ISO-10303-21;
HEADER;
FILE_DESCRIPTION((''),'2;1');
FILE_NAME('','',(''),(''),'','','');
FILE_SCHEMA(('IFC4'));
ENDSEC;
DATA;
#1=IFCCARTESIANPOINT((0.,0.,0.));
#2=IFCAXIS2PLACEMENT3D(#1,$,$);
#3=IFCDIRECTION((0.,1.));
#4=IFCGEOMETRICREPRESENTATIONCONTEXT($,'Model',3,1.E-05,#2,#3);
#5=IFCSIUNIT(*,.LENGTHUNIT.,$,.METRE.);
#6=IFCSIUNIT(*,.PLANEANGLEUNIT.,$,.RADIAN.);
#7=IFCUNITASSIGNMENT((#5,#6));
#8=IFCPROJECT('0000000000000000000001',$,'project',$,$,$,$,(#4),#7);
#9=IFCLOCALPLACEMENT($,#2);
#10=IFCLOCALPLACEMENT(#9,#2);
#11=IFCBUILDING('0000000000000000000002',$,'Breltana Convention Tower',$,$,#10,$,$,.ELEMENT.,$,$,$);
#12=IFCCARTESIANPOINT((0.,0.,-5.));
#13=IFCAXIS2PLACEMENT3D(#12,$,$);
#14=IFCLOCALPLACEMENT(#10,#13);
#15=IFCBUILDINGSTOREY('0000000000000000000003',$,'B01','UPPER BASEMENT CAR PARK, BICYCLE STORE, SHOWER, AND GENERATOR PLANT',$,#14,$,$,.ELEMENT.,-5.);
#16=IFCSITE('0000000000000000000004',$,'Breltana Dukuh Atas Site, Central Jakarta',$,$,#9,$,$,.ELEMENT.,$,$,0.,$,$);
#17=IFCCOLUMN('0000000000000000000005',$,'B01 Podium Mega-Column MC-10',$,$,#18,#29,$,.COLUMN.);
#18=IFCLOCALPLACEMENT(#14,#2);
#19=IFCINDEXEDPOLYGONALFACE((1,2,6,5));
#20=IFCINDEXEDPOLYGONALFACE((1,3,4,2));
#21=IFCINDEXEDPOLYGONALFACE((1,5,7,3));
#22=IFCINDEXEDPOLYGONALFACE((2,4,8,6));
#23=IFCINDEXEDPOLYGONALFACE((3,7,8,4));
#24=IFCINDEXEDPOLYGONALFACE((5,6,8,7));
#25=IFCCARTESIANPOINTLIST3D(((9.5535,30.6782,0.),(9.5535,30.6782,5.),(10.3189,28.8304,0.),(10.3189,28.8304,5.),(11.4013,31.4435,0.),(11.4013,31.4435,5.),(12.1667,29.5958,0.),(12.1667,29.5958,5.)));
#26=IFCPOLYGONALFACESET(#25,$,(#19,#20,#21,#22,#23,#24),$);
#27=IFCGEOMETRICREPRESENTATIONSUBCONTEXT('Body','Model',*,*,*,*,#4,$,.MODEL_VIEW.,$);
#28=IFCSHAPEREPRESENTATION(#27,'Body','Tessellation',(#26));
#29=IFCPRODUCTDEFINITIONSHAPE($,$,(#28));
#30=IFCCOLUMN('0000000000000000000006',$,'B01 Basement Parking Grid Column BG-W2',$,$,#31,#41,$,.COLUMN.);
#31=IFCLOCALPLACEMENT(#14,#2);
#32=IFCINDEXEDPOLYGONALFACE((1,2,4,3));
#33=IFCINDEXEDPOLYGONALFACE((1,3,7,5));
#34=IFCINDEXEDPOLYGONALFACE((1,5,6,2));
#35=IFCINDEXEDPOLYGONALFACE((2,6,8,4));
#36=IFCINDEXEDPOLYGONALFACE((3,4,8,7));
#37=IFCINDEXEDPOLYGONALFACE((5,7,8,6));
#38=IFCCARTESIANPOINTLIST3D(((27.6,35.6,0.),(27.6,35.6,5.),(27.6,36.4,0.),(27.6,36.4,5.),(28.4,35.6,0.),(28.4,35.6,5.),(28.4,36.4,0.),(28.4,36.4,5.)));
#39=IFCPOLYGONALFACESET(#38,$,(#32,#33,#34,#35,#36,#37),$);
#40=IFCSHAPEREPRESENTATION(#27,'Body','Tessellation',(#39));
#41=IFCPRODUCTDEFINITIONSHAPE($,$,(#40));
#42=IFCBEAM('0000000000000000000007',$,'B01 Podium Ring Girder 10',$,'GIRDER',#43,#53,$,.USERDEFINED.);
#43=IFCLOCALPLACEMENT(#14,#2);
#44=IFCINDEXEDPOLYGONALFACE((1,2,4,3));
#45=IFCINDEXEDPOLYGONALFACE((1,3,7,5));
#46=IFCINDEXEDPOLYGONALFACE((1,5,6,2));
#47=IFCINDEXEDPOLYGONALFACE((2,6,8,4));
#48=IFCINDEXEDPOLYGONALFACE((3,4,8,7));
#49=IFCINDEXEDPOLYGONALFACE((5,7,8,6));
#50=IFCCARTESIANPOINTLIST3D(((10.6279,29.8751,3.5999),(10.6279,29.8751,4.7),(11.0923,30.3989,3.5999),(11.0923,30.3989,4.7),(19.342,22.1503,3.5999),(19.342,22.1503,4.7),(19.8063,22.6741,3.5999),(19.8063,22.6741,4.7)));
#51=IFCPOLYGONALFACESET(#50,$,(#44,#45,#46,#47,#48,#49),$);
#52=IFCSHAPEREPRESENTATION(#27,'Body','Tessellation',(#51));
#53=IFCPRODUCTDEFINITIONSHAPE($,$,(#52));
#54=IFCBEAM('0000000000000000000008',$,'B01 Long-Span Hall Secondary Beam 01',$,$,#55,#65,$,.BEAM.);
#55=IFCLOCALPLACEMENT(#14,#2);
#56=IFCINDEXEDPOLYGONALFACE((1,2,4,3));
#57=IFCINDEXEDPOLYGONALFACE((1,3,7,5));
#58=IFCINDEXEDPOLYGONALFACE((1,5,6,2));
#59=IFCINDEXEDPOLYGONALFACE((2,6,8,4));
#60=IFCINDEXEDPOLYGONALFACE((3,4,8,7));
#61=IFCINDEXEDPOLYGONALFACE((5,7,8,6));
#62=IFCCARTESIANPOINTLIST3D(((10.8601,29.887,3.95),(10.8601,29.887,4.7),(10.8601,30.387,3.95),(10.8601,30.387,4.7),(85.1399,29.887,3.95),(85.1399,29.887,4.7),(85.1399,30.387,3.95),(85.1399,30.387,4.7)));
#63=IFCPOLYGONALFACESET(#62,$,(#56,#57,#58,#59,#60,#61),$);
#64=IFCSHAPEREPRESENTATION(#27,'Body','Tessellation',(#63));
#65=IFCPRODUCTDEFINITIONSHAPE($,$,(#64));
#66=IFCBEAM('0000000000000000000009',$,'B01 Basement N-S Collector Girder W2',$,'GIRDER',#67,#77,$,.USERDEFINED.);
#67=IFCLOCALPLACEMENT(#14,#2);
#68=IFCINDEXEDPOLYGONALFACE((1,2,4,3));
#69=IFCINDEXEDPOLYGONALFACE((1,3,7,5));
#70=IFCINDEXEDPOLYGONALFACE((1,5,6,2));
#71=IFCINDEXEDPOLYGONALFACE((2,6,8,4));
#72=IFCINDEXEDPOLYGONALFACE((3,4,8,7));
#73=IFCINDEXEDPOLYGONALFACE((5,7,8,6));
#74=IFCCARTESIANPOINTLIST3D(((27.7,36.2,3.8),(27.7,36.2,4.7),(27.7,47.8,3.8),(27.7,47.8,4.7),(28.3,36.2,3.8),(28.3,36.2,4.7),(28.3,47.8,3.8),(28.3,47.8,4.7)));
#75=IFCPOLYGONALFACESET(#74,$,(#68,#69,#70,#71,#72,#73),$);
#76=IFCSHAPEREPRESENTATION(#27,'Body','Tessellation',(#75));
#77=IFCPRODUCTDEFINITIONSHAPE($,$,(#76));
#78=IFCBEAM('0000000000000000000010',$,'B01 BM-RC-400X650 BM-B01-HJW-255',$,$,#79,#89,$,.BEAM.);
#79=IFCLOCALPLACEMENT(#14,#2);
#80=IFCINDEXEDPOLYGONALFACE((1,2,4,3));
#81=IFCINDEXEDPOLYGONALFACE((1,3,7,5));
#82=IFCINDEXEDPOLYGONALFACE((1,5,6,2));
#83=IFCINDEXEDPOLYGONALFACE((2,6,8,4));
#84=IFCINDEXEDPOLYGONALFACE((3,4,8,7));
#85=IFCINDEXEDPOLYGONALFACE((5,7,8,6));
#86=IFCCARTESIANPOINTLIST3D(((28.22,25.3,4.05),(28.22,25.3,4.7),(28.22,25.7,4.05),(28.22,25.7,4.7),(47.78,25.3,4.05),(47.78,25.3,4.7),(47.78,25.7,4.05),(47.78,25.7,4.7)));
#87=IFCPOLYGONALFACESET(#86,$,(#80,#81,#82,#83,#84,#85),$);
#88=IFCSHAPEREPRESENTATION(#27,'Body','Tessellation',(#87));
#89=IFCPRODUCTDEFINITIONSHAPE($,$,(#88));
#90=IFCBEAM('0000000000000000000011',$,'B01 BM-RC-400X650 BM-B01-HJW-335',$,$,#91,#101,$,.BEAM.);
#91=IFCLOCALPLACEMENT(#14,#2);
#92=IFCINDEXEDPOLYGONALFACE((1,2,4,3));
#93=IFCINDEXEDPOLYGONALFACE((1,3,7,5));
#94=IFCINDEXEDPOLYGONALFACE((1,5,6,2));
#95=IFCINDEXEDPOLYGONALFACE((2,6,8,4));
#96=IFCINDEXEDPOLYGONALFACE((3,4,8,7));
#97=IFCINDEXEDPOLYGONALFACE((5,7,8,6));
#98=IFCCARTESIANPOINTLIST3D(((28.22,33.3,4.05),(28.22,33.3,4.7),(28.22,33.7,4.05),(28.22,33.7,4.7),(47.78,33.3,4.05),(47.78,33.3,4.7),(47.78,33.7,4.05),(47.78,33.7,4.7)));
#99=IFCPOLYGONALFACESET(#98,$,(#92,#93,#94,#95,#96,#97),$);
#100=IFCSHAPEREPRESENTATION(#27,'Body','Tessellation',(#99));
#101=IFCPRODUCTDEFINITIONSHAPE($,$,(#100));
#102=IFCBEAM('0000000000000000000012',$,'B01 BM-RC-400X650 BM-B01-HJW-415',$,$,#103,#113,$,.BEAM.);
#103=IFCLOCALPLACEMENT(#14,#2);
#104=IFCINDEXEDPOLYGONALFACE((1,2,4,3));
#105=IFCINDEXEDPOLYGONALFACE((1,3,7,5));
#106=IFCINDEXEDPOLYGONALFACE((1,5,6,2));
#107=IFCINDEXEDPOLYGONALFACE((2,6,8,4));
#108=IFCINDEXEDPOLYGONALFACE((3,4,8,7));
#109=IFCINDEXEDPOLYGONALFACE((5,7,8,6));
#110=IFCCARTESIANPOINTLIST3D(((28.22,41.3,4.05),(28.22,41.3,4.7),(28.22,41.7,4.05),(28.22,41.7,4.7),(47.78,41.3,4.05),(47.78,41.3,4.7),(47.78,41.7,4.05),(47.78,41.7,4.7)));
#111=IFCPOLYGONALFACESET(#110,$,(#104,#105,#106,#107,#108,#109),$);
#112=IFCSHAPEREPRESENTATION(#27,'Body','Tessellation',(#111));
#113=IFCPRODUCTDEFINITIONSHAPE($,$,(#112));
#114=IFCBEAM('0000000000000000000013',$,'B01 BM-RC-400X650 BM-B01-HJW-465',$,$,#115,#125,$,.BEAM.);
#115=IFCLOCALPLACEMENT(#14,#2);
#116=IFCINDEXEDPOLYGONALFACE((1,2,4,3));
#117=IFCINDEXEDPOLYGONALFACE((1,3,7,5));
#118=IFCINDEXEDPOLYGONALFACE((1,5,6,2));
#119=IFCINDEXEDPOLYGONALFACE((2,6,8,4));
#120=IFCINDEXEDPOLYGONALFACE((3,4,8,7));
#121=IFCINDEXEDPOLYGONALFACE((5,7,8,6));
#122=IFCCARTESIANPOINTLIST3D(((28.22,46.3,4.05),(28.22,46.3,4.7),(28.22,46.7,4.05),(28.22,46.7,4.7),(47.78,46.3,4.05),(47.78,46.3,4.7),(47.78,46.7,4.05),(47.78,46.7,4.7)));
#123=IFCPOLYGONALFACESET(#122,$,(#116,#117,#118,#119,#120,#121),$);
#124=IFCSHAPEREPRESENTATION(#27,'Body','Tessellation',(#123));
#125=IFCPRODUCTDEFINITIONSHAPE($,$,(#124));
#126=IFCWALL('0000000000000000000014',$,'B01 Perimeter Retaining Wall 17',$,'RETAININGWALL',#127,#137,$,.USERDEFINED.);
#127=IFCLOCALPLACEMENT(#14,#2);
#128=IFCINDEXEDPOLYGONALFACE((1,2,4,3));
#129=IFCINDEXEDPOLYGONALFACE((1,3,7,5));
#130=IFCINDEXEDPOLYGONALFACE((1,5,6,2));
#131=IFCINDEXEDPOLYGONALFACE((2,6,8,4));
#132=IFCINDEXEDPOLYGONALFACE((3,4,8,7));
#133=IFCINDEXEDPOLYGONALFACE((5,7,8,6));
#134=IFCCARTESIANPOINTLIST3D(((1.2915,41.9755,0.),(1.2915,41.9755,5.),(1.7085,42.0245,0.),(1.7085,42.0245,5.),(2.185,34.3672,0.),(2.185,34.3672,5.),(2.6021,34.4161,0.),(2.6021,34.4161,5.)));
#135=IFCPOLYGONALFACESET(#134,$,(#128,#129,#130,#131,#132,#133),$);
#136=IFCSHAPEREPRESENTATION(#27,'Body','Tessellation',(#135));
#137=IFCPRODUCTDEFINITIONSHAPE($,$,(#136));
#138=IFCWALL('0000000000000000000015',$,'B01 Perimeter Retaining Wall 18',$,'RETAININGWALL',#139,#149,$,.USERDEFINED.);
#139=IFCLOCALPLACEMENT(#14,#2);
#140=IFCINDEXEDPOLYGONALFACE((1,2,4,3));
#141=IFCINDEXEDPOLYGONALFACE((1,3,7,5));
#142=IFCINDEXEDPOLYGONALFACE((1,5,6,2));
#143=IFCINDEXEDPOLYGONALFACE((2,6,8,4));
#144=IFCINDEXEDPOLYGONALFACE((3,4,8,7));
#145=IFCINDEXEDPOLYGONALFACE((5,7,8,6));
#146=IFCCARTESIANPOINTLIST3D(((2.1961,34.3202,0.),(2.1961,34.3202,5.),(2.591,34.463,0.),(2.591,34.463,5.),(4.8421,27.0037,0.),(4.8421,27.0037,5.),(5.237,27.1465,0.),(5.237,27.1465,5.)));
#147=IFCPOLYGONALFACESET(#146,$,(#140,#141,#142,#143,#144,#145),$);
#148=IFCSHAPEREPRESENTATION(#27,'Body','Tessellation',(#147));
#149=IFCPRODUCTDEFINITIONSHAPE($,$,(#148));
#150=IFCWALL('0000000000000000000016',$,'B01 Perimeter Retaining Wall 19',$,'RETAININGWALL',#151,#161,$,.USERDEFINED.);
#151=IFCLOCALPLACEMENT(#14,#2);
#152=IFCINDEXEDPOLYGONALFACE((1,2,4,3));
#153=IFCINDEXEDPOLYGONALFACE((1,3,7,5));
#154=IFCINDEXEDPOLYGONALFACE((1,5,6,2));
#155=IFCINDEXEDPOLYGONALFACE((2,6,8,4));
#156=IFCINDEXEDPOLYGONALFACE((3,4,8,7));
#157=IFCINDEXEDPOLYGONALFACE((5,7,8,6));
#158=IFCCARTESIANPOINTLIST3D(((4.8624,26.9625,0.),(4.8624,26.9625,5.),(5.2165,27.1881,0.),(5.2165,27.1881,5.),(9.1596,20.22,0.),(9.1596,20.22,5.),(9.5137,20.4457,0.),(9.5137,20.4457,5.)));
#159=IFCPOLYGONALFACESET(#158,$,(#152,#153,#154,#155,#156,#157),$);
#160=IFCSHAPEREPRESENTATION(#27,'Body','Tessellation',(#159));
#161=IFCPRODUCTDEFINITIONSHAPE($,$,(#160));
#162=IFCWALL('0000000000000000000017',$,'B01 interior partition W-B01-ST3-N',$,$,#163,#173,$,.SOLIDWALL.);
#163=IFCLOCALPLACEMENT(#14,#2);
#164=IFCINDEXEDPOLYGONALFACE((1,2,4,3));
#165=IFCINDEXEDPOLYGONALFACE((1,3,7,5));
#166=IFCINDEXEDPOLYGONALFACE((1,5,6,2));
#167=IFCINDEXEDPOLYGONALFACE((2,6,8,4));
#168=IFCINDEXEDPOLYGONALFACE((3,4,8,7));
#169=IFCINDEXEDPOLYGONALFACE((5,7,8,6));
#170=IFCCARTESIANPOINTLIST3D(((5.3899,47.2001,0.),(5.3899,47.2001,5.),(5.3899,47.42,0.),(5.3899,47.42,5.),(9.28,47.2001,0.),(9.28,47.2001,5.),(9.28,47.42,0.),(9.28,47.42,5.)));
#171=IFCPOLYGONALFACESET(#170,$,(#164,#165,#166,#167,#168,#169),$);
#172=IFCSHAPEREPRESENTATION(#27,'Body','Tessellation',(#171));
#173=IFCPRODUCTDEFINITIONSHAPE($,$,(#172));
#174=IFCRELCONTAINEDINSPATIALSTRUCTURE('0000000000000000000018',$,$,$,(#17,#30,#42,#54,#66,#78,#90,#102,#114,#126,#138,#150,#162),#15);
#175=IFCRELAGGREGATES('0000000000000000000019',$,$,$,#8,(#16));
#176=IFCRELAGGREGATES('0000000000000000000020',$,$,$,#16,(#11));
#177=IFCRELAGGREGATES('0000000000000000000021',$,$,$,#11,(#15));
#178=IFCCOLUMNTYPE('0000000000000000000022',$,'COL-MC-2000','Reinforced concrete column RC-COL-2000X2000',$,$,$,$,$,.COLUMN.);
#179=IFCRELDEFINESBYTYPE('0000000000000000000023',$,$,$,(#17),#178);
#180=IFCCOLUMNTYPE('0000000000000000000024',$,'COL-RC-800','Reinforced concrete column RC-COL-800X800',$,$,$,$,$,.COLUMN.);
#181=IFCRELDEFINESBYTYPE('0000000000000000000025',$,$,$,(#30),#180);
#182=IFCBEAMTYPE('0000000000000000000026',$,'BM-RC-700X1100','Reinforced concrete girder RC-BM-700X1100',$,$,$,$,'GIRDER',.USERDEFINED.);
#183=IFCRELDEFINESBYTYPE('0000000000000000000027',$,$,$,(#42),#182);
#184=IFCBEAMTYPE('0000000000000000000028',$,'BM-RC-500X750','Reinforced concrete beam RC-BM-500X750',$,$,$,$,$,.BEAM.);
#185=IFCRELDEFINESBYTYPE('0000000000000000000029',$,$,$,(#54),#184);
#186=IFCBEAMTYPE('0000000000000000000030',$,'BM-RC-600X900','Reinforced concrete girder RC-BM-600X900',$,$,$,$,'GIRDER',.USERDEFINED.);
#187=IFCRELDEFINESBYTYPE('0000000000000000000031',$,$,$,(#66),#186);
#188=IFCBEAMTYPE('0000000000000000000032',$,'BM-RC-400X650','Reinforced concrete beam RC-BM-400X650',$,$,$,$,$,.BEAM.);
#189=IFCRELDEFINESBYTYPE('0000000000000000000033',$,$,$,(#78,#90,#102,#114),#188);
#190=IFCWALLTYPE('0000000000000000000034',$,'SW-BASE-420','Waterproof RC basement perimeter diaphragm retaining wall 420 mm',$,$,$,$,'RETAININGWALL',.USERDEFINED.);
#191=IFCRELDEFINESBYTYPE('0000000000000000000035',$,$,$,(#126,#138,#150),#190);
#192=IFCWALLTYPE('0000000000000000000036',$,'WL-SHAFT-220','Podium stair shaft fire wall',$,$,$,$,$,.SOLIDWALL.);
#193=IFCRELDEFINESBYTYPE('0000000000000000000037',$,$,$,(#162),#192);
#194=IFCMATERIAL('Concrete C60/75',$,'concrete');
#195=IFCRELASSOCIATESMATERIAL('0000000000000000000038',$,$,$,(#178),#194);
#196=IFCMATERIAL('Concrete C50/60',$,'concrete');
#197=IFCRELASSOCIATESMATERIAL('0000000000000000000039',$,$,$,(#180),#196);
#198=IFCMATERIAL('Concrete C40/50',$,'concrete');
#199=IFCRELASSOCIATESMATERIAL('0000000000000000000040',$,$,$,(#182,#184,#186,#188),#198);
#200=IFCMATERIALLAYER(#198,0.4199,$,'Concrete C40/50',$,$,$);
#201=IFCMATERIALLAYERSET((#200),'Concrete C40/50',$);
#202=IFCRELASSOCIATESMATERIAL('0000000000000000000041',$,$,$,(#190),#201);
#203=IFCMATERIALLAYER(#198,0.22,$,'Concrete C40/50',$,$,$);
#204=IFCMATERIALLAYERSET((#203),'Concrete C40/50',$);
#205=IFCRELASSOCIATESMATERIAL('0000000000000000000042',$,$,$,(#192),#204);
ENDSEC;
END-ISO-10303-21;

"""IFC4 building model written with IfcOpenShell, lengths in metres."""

from ifc_helpers import new_model, si_unit, direction, frame, frame_2d, origin, origin_2d, place, context, subcontext, project, spatial, rectangle, extrude, source, transform, mapped, material, layer, layer_set, material_profile, profile_set, type_object, type_shapes, element, save


model = new_model("IFC4")

# Units and contexts
model_context = context("Model", 3, precision=1e-05, world=origin(), true_north=direction((0.0, 1.0)))
body_context = subcontext(model_context, "Body", "Model", "MODEL_VIEW")
ifc_project = project(units=[si_unit("LENGTHUNIT", "METRE"), si_unit("PLANEANGLEUNIT", "RADIAN")], contexts=[model_context])

# Site, building, storey
site_placement = place(None, origin())
site = spatial("IfcSite", under=ifc_project, at=site_placement, Name="Breltana Dukuh Atas Site, Central Jakarta", CompositionType="ELEMENT", RefElevation=0.0)
building_placement = place(site_placement, origin())
building = spatial("IfcBuilding", under=site, at=building_placement, Name="Breltana Convention Tower", CompositionType="ELEMENT")
storey_placement = place(building_placement, frame((0.0, 0.0, -5.0)))
storey = spatial("IfcBuildingStorey", under=building, at=storey_placement, Name="B01", Description="UPPER BASEMENT CAR PARK, BICYCLE STORE, SHOWER, AND GENERATOR PLANT", CompositionType="ELEMENT", Elevation=-5.0)

# Columns
ifc_material_1 = material(Name="Concrete C60/75", Category="concrete")
ifc_material_profile_1 = material_profile(ifc_material_1, rectangle(XDim=2.0, YDim=2.0, at=origin_2d()), Name="RC-COL-2000X2000")
ifc_profile_set_1 = profile_set([ifc_material_profile_1], Name="Concrete C60/75")
column_type_1 = type_object("IfcColumnType", Name="COL-MC-2000", Description="Reinforced concrete column RC-COL-2000X2000", PredefinedType="COLUMN", material=ifc_profile_set_1)
shared_shape_1 = source(origin(), body_context, "Body", "SweptSolid", [
    extrude(rectangle(XDim=2.0, YDim=2.0, at=origin_2d()), origin(), (0.0, 0.0, 1.0), 5.0),
])
type_shapes(column_type_1, [shared_shape_1])
column_1_placement = place(storey_placement, frame((10.8601, 30.137, 0.0), z_axis=(0.0, 0.0, 1.0), x_axis=(-0.92388, -0.382683, 0.0)))
element("IfcColumn", 1, at=column_1_placement, inside=storey, type_object=column_type_1, Name="B01 Podium Mega-Column MC-10", PredefinedType="COLUMN", context=body_context, shape_type="MappedRepresentation", body=[
    mapped(shared_shape_1, transform((0.0, 0.0, 0.0), scale=1.0)),
])
ifc_material_2 = material(Name="Concrete C50/60", Category="concrete")
ifc_material_profile_2 = material_profile(ifc_material_2, rectangle(XDim=0.8, YDim=0.8, at=origin_2d()), Name="RC-COL-800X800")
ifc_profile_set_2 = profile_set([ifc_material_profile_2], Name="Concrete C50/60")
column_type_2 = type_object("IfcColumnType", Name="COL-RC-800", Description="Reinforced concrete column RC-COL-800X800", PredefinedType="COLUMN", material=ifc_profile_set_2)
shared_shape_2 = source(origin(), body_context, "Body", "SweptSolid", [
    extrude(rectangle(XDim=0.8, YDim=0.8, at=origin_2d()), origin(), (0.0, 0.0, 1.0), 5.0),
])
type_shapes(column_type_2, [shared_shape_2])
column_2_placement = place(storey_placement, frame((28.0, 36.0, 0.0), z_axis=(0.0, 0.0, 1.0), x_axis=(1.0, 0.0, 0.0)))
element("IfcColumn", 2, at=column_2_placement, inside=storey, type_object=column_type_2, Name="B01 Basement Parking Grid Column BG-W2", PredefinedType="COLUMN", context=body_context, shape_type="MappedRepresentation", body=[
    mapped(shared_shape_2, transform((0.0, 0.0, 0.0), scale=1.0)),
])

# Beams
ifc_material_3 = material(Name="Concrete C40/50", Category="concrete")
ifc_material_profile_3 = material_profile(ifc_material_3, rectangle(XDim=0.7, YDim=1.1001, at=origin_2d()), Name="RC-BM-700X1100")
ifc_profile_set_3 = profile_set([ifc_material_profile_3], Name="Concrete C40/50")
beam_type_1 = type_object("IfcBeamType", Name="BM-RC-700X1100", Description="Reinforced concrete girder RC-BM-700X1100", ElementType="GIRDER", PredefinedType="USERDEFINED", material=ifc_profile_set_3)
shared_shape_3 = source(origin(), body_context, "Body", "SweptSolid", [
    extrude(rectangle(XDim=0.7, YDim=1.1001, at=origin_2d()), origin(), (0.0, 0.0, 1.0), 11.645),
])
beam_1_placement = place(storey_placement, frame((10.8601, 30.137, 4.1499), z_axis=(0.748305, -0.663355, 0.0), x_axis=(0.663355, 0.748305, 0.0)))
element("IfcBeam", 3, at=beam_1_placement, inside=storey, type_object=beam_type_1, Name="B01 Podium Ring Girder 10", ObjectType="GIRDER", PredefinedType="USERDEFINED", context=body_context, shape_type="MappedRepresentation", body=[
    mapped(shared_shape_3, transform((0.0, 0.0, 0.0), scale=1.0)),
])
ifc_material_profile_4 = material_profile(ifc_material_3, rectangle(XDim=0.5, YDim=0.75, at=origin_2d()), Name="RC-BM-500X750")
ifc_profile_set_4 = profile_set([ifc_material_profile_4], Name="Concrete C40/50")
beam_type_2 = type_object("IfcBeamType", Name="BM-RC-500X750", Description="Reinforced concrete beam RC-BM-500X750", PredefinedType="BEAM", material=ifc_profile_set_4)
shared_shape_4 = source(origin(), body_context, "Body", "SweptSolid", [
    extrude(rectangle(XDim=0.5, YDim=0.75, at=origin_2d()), origin(), (0.0, 0.0, 1.0), 74.2798),
])
type_shapes(beam_type_2, [shared_shape_4])
beam_2_placement = place(storey_placement, frame((10.8601, 30.137, 4.325), z_axis=(1.0, 0.0, 0.0), x_axis=(0.0, 1.0, 0.0)))
element("IfcBeam", 4, at=beam_2_placement, inside=storey, type_object=beam_type_2, Name="B01 Long-Span Hall Secondary Beam 01", PredefinedType="BEAM", context=body_context, shape_type="MappedRepresentation", body=[
    mapped(shared_shape_4, transform((0.0, 0.0, 0.0), scale=1.0)),
])
ifc_material_profile_5 = material_profile(ifc_material_3, rectangle(XDim=0.6001, YDim=0.8999, at=origin_2d()), Name="RC-BM-600X900")
ifc_profile_set_5 = profile_set([ifc_material_profile_5], Name="Concrete C40/50")
beam_type_3 = type_object("IfcBeamType", Name="BM-RC-600X900", Description="Reinforced concrete girder RC-BM-600X900", ElementType="GIRDER", PredefinedType="USERDEFINED", material=ifc_profile_set_5)
shared_shape_5 = source(origin(), body_context, "Body", "SweptSolid", [
    extrude(rectangle(XDim=0.6001, YDim=0.8999, at=origin_2d()), origin(), (0.0, 0.0, 1.0), 11.6001),
])
beam_3_placement = place(storey_placement, frame((28.0, 36.2, 4.25), z_axis=(0.0, 1.0, 0.0), x_axis=(-1.0, 0.0, 0.0)))
element("IfcBeam", 5, at=beam_3_placement, inside=storey, type_object=beam_type_3, Name="B01 Basement N-S Collector Girder W2", ObjectType="GIRDER", PredefinedType="USERDEFINED", context=body_context, shape_type="MappedRepresentation", body=[
    mapped(shared_shape_5, transform((0.0, 0.0, 0.0), scale=1.0)),
])
ifc_material_profile_6 = material_profile(ifc_material_3, rectangle(XDim=0.3999, YDim=0.6499, at=origin_2d()), Name="RC-BM-400X650")
ifc_profile_set_6 = profile_set([ifc_material_profile_6], Name="Concrete C40/50")
beam_type_4 = type_object("IfcBeamType", Name="BM-RC-400X650", Description="Reinforced concrete beam RC-BM-400X650", PredefinedType="BEAM", material=ifc_profile_set_6)
shared_shape_6 = source(origin(), body_context, "Body", "SweptSolid", [
    extrude(rectangle(XDim=0.3999, YDim=0.6499, at=origin_2d()), origin(), (0.0, 0.0, 1.0), 19.5601),
])
type_shapes(beam_type_4, [shared_shape_6])
for number, where, z_axis, x_axis, name in (
    (6, (28.22, 25.5, 4.375), (1.0, 0.0, 0.0), (0.0, 1.0, 0.0), "B01 BM-RC-400X650 BM-B01-HJW-255"),
    (7, (28.22, 33.5, 4.375), (1.0, 0.0, 0.0), (0.0, 1.0, 0.0), "B01 BM-RC-400X650 BM-B01-HJW-335"),
    (8, (28.22, 41.5, 4.375), (1.0, 0.0, 0.0), (0.0, 1.0, 0.0), "B01 BM-RC-400X650 BM-B01-HJW-415"),
    (9, (28.22, 46.5, 4.375), (1.0, 0.0, 0.0), (0.0, 1.0, 0.0), "B01 BM-RC-400X650 BM-B01-HJW-465"),
):
    element("IfcBeam", number, at=place(storey_placement, frame(where, z_axis=z_axis, x_axis=x_axis)), inside=storey, type_object=beam_type_4, Name=name, PredefinedType="BEAM", context=body_context, shape_type="MappedRepresentation", body=[
        mapped(shared_shape_6, transform((0.0, 0.0, 0.0), scale=1.0)),
    ])

# Walls
ifc_layer_1 = layer(ifc_material_3, 0.4199, Name="Concrete C40/50")
ifc_layer_set_1 = layer_set([ifc_layer_1], Name="Concrete C40/50")
wall_type_1 = type_object("IfcWallType", Name="SW-BASE-420", Description="Waterproof RC basement perimeter diaphragm retaining wall 420 mm", ElementType="RETAININGWALL", PredefinedType="USERDEFINED", material=ifc_layer_set_1)
shared_shape_7 = source(origin(), body_context, "Body", "SweptSolid", [
    extrude(rectangle(XDim=7.6606, YDim=0.4199, at=frame_2d((3.8303, 0.0))), origin(), (0.0, 0.0, 1.0), 5.0),
])
wall_1_placement = place(storey_placement, frame((1.5, 42.0, 0.0), z_axis=(0.0, 0.0, 1.0), x_axis=(0.116642, -0.993174, 0.0)))
element("IfcWall", 10, at=wall_1_placement, inside=storey, type_object=wall_type_1, Name="B01 Perimeter Retaining Wall 17", ObjectType="RETAININGWALL", PredefinedType="USERDEFINED", context=body_context, shape_type="MappedRepresentation", body=[
    mapped(shared_shape_7, transform((0.0, 0.0, 0.0), scale=1.0)),
])
shared_shape_8 = source(origin(), body_context, "Body", "SweptSolid", [
    extrude(rectangle(XDim=7.7803, YDim=0.4199, at=frame_2d((3.8901, 0.0))), origin(), (0.0, 0.0, 1.0), 5.0),
])
wall_2_placement = place(storey_placement, frame((2.3936, 34.3916, 0.0), z_axis=(0.0, 0.0, 1.0), x_axis=(0.340095, -0.940391, 0.0)))
element("IfcWall", 11, at=wall_2_placement, inside=storey, type_object=wall_type_1, Name="B01 Perimeter Retaining Wall 18", ObjectType="RETAININGWALL", PredefinedType="USERDEFINED", context=body_context, shape_type="MappedRepresentation", body=[
    mapped(shared_shape_8, transform((0.0, 0.0, 0.0), scale=1.0)),
])
shared_shape_9 = source(origin(), body_context, "Body", "SweptSolid", [
    extrude(rectangle(XDim=7.9954, YDim=0.4199, at=frame_2d((3.9976, 0.0))), origin(), (0.0, 0.0, 1.0), 5.0),
])
wall_3_placement = place(storey_placement, frame((5.0396, 27.0752, 0.0), z_axis=(0.0, 0.0, 1.0), x_axis=(0.537452, -0.843294, 0.0)))
element("IfcWall", 12, at=wall_3_placement, inside=storey, type_object=wall_type_1, Name="B01 Perimeter Retaining Wall 19", ObjectType="RETAININGWALL", PredefinedType="USERDEFINED", context=body_context, shape_type="MappedRepresentation", body=[
    mapped(shared_shape_9, transform((0.0, 0.0, 0.0), scale=1.0)),
])

# Shared definitions
ifc_layer_2 = layer(ifc_material_3, 0.22, Name="Concrete C40/50")
ifc_layer_set_2 = layer_set([ifc_layer_2], Name="Concrete C40/50")
wall_type_2 = type_object("IfcWallType", Name="WL-SHAFT-220", Description="Podium stair shaft fire wall", PredefinedType="SOLIDWALL", material=ifc_layer_set_2)
shared_shape_10 = source(origin(), body_context, "Body", "SweptSolid", [
    extrude(rectangle(XDim=3.8901, YDim=0.22, at=frame_2d((1.9451, 0.0))), origin(), (0.0, 0.0, 1.0), 5.0),
])
type_shapes(wall_type_2, [shared_shape_10])

# Wall
wall_4_placement = place(storey_placement, frame((5.3899, 47.3101, 0.0), z_axis=(0.0, 0.0, 1.0), x_axis=(1.0, 0.0, 0.0)))
element("IfcWall", 13, at=wall_4_placement, inside=storey, type_object=wall_type_2, Name="B01 interior partition W-B01-ST3-N", PredefinedType="SOLIDWALL", context=body_context, shape_type="MappedRepresentation", body=[
    mapped(shared_shape_10, transform((0.0, 0.0, 0.0), scale=1.0)),
])

save(model, "model.ifc")
